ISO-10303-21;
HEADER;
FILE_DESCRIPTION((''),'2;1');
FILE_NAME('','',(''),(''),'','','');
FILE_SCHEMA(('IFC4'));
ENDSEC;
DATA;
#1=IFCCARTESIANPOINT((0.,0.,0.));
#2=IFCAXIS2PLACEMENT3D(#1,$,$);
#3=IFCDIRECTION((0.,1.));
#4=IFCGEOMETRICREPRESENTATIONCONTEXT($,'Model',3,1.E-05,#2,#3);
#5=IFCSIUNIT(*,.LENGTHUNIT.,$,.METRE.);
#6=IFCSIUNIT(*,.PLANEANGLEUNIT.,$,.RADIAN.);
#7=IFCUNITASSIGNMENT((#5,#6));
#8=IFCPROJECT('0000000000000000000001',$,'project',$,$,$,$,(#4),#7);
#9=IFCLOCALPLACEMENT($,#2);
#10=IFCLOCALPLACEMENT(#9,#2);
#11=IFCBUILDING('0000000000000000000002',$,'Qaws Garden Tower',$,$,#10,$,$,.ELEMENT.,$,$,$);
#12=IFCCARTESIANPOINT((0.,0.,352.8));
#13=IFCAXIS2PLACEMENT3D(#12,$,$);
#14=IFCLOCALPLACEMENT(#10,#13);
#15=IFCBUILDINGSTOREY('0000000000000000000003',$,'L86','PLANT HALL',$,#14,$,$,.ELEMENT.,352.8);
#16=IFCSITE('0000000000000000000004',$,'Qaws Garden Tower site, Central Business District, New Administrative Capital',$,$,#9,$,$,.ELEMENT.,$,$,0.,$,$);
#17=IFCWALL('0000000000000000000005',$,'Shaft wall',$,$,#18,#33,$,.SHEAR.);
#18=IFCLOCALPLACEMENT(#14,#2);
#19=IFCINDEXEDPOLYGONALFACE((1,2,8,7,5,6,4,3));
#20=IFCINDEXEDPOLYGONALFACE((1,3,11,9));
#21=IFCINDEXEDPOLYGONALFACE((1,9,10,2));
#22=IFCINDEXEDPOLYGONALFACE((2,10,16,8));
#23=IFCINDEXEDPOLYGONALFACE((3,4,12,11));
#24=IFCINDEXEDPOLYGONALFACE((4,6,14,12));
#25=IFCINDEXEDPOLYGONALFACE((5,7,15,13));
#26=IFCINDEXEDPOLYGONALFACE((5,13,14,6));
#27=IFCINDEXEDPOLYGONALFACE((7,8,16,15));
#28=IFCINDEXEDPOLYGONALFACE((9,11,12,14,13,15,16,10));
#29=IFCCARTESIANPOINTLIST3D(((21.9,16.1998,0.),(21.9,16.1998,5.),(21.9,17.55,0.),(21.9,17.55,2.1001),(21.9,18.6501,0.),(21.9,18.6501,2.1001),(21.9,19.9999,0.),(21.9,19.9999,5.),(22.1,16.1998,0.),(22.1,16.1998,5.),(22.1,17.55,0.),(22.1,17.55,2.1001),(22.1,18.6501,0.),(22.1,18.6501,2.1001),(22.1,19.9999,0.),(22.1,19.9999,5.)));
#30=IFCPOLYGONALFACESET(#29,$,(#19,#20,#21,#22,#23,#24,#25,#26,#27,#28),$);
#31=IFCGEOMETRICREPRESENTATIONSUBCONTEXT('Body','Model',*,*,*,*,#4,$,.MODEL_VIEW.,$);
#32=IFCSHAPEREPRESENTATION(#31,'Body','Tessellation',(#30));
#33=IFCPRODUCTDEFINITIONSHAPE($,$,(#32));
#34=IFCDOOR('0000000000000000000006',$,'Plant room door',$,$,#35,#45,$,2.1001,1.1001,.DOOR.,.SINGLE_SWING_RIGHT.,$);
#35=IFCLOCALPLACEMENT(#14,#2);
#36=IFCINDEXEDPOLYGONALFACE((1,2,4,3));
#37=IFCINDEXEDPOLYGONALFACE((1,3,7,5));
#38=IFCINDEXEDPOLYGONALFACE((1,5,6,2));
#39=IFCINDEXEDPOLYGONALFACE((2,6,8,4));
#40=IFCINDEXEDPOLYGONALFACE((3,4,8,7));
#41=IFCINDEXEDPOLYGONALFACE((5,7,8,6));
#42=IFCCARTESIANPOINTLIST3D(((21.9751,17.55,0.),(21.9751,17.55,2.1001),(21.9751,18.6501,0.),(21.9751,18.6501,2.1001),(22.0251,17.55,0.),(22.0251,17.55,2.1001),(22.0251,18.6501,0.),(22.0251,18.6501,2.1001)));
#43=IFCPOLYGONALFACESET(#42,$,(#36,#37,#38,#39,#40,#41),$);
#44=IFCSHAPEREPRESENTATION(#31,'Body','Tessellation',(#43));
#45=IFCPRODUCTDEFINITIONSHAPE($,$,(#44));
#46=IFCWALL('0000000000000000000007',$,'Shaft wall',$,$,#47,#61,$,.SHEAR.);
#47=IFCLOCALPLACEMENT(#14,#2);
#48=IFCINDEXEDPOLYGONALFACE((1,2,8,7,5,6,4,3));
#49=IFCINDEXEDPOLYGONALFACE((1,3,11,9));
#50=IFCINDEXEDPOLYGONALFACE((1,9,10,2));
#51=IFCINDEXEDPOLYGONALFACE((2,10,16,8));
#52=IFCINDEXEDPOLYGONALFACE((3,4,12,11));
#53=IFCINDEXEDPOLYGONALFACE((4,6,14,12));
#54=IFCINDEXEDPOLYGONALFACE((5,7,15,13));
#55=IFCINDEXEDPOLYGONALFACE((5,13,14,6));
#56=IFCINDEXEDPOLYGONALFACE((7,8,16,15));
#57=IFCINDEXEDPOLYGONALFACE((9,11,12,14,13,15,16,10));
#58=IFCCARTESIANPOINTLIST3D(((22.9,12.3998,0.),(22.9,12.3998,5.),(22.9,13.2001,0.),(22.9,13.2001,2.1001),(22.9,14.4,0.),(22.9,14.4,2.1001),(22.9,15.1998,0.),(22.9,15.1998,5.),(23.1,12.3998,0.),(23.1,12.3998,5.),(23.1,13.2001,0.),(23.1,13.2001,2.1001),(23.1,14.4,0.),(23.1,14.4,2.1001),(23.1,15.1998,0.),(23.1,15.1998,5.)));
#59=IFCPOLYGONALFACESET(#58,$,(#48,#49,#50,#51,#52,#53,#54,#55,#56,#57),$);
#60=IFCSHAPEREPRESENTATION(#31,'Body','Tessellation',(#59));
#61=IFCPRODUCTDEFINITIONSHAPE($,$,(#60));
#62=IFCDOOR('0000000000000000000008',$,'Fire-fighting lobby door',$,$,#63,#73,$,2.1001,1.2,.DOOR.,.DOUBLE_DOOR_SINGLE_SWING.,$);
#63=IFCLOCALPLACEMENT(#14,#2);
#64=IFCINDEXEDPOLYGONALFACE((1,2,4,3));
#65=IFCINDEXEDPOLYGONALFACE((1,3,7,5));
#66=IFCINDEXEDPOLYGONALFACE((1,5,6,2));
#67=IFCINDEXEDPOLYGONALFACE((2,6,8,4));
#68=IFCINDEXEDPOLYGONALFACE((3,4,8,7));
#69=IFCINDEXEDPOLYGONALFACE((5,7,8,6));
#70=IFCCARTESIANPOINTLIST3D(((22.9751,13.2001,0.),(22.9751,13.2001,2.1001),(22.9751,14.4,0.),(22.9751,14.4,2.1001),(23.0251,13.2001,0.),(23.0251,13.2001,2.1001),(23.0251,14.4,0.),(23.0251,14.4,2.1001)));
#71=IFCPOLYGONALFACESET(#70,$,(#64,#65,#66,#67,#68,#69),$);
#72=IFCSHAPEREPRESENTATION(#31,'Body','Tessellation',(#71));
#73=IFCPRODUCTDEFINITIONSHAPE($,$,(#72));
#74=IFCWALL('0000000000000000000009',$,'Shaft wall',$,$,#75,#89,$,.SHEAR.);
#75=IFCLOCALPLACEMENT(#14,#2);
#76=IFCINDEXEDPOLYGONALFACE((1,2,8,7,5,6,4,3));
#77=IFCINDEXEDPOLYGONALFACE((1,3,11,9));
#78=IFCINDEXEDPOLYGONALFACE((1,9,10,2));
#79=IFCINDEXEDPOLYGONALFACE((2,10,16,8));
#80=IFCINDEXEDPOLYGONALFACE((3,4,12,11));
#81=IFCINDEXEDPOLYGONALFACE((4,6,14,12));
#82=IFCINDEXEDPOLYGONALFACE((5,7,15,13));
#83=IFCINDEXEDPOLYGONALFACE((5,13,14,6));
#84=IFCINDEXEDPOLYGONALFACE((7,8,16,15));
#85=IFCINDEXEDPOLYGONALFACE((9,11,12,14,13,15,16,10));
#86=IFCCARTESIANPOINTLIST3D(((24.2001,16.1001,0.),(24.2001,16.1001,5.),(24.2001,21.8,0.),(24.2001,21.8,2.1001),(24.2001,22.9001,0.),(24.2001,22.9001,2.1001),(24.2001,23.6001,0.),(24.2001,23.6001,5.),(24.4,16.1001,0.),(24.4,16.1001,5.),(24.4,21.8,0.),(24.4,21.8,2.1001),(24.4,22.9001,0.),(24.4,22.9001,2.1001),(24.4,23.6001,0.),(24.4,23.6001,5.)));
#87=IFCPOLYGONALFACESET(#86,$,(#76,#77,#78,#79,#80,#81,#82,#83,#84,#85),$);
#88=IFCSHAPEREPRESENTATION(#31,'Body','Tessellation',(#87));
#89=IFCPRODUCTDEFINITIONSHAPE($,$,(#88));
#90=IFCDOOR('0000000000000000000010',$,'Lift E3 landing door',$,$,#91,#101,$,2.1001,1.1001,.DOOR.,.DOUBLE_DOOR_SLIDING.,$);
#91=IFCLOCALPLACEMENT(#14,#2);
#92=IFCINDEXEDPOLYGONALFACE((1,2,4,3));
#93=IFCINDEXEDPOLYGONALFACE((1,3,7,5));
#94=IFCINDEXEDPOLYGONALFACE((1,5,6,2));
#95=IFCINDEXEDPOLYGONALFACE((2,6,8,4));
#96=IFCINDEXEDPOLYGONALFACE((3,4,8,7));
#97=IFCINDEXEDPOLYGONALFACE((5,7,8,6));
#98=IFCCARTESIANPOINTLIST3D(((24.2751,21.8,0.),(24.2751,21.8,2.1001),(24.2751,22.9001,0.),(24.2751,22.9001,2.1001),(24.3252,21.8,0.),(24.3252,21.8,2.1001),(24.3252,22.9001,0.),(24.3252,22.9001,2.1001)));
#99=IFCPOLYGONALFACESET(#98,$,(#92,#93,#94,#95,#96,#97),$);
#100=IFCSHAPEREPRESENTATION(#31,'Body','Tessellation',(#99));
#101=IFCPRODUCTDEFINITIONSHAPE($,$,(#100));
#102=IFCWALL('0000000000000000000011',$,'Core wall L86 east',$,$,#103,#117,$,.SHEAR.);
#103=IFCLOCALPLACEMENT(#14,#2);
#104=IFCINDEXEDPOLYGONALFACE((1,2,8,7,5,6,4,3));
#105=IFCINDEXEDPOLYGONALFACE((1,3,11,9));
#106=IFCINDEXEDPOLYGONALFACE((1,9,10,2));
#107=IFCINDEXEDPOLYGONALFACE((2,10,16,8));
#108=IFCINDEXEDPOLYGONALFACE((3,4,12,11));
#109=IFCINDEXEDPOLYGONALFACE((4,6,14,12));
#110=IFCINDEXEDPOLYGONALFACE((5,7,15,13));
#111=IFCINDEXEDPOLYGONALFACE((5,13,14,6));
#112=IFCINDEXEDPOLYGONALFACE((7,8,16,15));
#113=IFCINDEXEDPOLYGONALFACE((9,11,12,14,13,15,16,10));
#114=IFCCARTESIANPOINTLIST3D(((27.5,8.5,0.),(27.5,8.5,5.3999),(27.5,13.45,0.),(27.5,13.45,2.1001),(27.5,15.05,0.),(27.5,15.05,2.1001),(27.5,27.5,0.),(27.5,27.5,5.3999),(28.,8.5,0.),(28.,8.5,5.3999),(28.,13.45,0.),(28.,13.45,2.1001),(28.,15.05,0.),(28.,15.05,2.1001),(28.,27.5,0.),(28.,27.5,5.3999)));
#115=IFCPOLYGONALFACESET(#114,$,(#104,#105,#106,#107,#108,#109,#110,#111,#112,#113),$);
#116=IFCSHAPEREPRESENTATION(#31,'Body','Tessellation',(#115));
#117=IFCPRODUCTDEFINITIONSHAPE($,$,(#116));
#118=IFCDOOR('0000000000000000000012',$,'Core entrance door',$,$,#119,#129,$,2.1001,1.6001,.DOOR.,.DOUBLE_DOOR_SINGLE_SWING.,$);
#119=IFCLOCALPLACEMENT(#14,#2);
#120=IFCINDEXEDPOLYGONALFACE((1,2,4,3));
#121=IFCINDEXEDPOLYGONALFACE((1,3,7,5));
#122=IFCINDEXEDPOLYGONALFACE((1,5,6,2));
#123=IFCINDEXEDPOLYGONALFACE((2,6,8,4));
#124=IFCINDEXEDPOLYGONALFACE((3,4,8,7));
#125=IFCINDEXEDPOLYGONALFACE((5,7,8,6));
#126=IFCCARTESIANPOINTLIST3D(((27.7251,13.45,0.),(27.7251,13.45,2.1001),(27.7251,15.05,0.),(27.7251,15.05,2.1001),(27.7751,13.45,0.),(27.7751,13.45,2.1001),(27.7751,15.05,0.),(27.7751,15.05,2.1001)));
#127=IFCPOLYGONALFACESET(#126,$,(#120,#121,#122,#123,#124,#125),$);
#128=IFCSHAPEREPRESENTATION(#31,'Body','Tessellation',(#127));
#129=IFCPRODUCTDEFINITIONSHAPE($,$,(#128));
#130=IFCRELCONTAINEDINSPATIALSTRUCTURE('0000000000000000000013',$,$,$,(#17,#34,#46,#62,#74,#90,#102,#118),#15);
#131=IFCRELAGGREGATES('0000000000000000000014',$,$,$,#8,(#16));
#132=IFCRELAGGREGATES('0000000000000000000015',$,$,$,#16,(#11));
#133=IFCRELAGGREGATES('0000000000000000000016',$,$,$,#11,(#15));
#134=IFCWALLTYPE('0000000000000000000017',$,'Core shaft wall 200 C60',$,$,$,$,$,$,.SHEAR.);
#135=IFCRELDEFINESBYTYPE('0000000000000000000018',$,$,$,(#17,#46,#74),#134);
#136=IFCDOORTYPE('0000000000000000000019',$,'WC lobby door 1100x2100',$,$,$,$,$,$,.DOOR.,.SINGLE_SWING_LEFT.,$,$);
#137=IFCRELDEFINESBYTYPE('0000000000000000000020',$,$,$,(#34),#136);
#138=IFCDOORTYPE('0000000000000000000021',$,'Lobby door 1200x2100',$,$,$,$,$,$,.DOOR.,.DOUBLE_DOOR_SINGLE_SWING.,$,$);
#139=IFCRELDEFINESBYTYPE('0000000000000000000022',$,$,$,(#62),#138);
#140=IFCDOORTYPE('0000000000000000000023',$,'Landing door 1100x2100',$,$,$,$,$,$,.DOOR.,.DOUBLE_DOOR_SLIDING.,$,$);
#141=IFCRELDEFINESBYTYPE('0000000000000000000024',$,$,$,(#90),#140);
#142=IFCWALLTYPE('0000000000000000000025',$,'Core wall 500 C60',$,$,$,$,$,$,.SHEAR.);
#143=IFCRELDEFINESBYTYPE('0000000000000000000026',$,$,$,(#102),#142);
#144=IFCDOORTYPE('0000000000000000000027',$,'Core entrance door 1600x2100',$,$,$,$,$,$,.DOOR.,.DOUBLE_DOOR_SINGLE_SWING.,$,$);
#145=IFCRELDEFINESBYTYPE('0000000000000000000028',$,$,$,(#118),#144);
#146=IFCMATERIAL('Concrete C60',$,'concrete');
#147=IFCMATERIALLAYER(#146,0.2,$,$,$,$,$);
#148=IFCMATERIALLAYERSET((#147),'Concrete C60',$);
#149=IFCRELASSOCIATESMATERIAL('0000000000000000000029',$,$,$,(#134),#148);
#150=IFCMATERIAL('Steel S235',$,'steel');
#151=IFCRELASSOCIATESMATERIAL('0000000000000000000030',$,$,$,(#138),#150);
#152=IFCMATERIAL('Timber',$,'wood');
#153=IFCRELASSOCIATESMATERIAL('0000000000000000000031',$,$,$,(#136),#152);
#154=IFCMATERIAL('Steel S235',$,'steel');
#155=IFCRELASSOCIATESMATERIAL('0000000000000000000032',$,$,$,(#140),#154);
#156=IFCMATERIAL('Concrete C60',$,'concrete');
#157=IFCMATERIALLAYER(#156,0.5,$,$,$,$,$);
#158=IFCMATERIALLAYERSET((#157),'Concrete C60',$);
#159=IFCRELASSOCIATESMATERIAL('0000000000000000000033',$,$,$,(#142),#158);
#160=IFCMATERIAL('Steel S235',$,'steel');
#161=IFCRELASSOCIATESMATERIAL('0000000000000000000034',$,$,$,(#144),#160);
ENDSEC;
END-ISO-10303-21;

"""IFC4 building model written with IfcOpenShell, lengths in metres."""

from ifc_helpers import new_model, si_unit, direction, frame, frame_2d, origin, place, context, subcontext, project, spatial, rectangle, extrude, material, layer, layer_set, type_object, element, fill, save


model = new_model("IFC4")

# Units and contexts
model_context = context("Model", 3, precision=1e-05, world=origin(), true_north=direction((0.0, 1.0)))
body_context = subcontext(model_context, "Body", "Model", "MODEL_VIEW")
ifc_project = project(units=[si_unit("LENGTHUNIT", "METRE"), si_unit("PLANEANGLEUNIT", "RADIAN")], contexts=[model_context])

# Site, building, storey
site_placement = place(None, origin())
site = spatial("IfcSite", under=ifc_project, at=site_placement, Name="Qaws Garden Tower site, Central Business District, New Administrative Capital", CompositionType="ELEMENT", RefElevation=0.0)
building_placement = place(site_placement, origin())
building = spatial("IfcBuilding", under=site, at=building_placement, Name="Qaws Garden Tower", CompositionType="ELEMENT")
storey_placement = place(building_placement, frame((0.0, 0.0, 352.8)))
storey = spatial("IfcBuildingStorey", under=building, at=storey_placement, Name="L86", Description="PLANT HALL", CompositionType="ELEMENT", Elevation=352.8)

# Shared definitions
ifc_material_1 = material(Name="Concrete C60", Category="concrete")
ifc_layer_1 = layer(ifc_material_1, 0.2)
ifc_layer_set_1 = layer_set([ifc_layer_1], Name="Concrete C60")
wall_type_1 = type_object("IfcWallType", Name="Core shaft wall 200 C60", PredefinedType="SHEAR", material=ifc_layer_set_1)

# Shared definitions
ifc_material_2 = material(Name="Steel S235", Category="steel")
door_type_1 = type_object("IfcDoorType", Name="Lobby door 1200x2100", OperationType="DOUBLE_DOOR_SINGLE_SWING", PredefinedType="DOOR", material=ifc_material_2)

# Walls, openings, doors
wall_1_placement = place(storey_placement, frame((22.0, 16.2, 0.0), z_axis=(0.0, 0.0, 1.0), x_axis=(0.0, 1.0, 0.0)))
wall_1 = element("IfcWall", 1, at=wall_1_placement, inside=storey, type_object=wall_type_1, Name="Shaft wall", PredefinedType="SHEAR", context=body_context, shape_type="SweptSolid", body=[
    extrude(rectangle(XDim=3.8, YDim=0.2, at=frame_2d((1.8999, 0.0))), origin(), (0.0, 0.0, 1.0), 5.0),
])
opening_1_placement = place(wall_1_placement, frame((1.3501, 0.0, 0.0)))
opening_1 = element("IfcOpeningElement", 2, at=opening_1_placement, cuts=wall_1, PredefinedType="OPENING", context=body_context, shape_type="SweptSolid", body=[
    extrude(rectangle(XDim=1.1001, YDim=2.1001, at=frame_2d((0.55, 1.05))), frame((0.0, 0.1099, 0.0), z_axis=(0.0, -1.0, 0.0), x_axis=(1.0, 0.0, 0.0)), (0.0, 0.0, 1.0), 0.22),
])
ifc_material_3 = material(Name="Timber", Category="wood")
door_type_2 = type_object("IfcDoorType", Name="WC lobby door 1100x2100", OperationType="SINGLE_SWING_LEFT", PredefinedType="DOOR", material=ifc_material_3)
door_1_placement = place(opening_1_placement, origin())
door_1 = element("IfcDoor", 3, at=door_1_placement, inside=storey, type_object=door_type_2, Name="Plant room door", OperationType="SINGLE_SWING_RIGHT", OverallHeight=2.1001, OverallWidth=1.1001, PredefinedType="DOOR", context=body_context, shape_type="SweptSolid", body=[
    extrude(rectangle(XDim=1.1001, YDim=2.1001, at=frame_2d((0.55, 1.05))), frame((0.0, 0.0249, 0.0), z_axis=(0.0, -1.0, 0.0), x_axis=(1.0, 0.0, 0.0)), (0.0, 0.0, 1.0), 0.05),
])
fill(opening_1, door_1)
wall_2_placement = place(storey_placement, frame((23.0, 12.3999, 0.0), z_axis=(0.0, 0.0, 1.0), x_axis=(0.0, 1.0, 0.0)))
wall_2 = element("IfcWall", 4, at=wall_2_placement, inside=storey, type_object=wall_type_1, Name="Shaft wall", PredefinedType="SHEAR", context=body_context, shape_type="SweptSolid", body=[
    extrude(rectangle(XDim=2.8, YDim=0.2, at=frame_2d((1.3999, 0.0))), origin(), (0.0, 0.0, 1.0), 5.0),
])
opening_2_placement = place(wall_2_placement, frame((0.8, 0.0, 0.0)))
opening_2 = element("IfcOpeningElement", 5, at=opening_2_placement, cuts=wall_2, PredefinedType="OPENING", context=body_context, shape_type="SweptSolid", body=[
    extrude(rectangle(XDim=1.2, YDim=2.1001, at=frame_2d((0.6001, 1.05))), frame((0.0, 0.1099, 0.0), z_axis=(0.0, -1.0, 0.0), x_axis=(1.0, 0.0, 0.0)), (0.0, 0.0, 1.0), 0.22),
])
door_2_placement = place(opening_2_placement, origin())
door_2 = element("IfcDoor", 6, at=door_2_placement, inside=storey, type_object=door_type_1, Name="Fire-fighting lobby door", OperationType="DOUBLE_DOOR_SINGLE_SWING", OverallHeight=2.1001, OverallWidth=1.2, PredefinedType="DOOR", context=body_context, shape_type="SweptSolid", body=[
    extrude(rectangle(XDim=1.2, YDim=2.1001, at=frame_2d((0.6001, 1.05))), frame((0.0, 0.0249, 0.0), z_axis=(0.0, -1.0, 0.0), x_axis=(1.0, 0.0, 0.0)), (0.0, 0.0, 1.0), 0.05),
])
fill(opening_2, door_2)
wall_3_placement = place(storey_placement, frame((24.3, 16.1001, 0.0), z_axis=(0.0, 0.0, 1.0), x_axis=(0.0, 1.0, 0.0)))
wall_3 = element("IfcWall", 7, at=wall_3_placement, inside=storey, type_object=wall_type_1, Name="Shaft wall", PredefinedType="SHEAR", context=body_context, shape_type="SweptSolid", body=[
    extrude(rectangle(XDim=7.5, YDim=0.2, at=frame_2d((3.75, 0.0))), origin(), (0.0, 0.0, 1.0), 5.0),
])
opening_3_placement = place(wall_3_placement, frame((5.7, 0.0, 0.0)))
opening_3 = element("IfcOpeningElement", 8, at=opening_3_placement, cuts=wall_3, PredefinedType="OPENING", context=body_context, shape_type="SweptSolid", body=[
    extrude(rectangle(XDim=1.1001, YDim=2.1001, at=frame_2d((0.55, 1.05))), frame((0.0, 0.1099, 0.0), z_axis=(0.0, -1.0, 0.0), x_axis=(1.0, 0.0, 0.0)), (0.0, 0.0, 1.0), 0.22),
])
ifc_material_4 = material(Name="Steel S235", Category="steel")
door_type_3 = type_object("IfcDoorType", Name="Landing door 1100x2100", OperationType="DOUBLE_DOOR_SLIDING", PredefinedType="DOOR", material=ifc_material_4)
door_3_placement = place(opening_3_placement, origin())
door_3 = element("IfcDoor", 9, at=door_3_placement, inside=storey, type_object=door_type_3, Name="Lift E3 landing door", OperationType="DOUBLE_DOOR_SLIDING", OverallHeight=2.1001, OverallWidth=1.1001, PredefinedType="DOOR", context=body_context, shape_type="SweptSolid", body=[
    extrude(rectangle(XDim=1.1001, YDim=2.1001, at=frame_2d((0.55, 1.05))), frame((0.0, 0.0249, 0.0), z_axis=(0.0, -1.0, 0.0), x_axis=(1.0, 0.0, 0.0)), (0.0, 0.0, 1.0), 0.05),
])
fill(opening_3, door_3)
ifc_material_5 = material(Name="Concrete C60", Category="concrete")
ifc_layer_2 = layer(ifc_material_5, 0.5)
ifc_layer_set_2 = layer_set([ifc_layer_2], Name="Concrete C60")
wall_type_2 = type_object("IfcWallType", Name="Core wall 500 C60", PredefinedType="SHEAR", material=ifc_layer_set_2)
wall_4_placement = place(storey_placement, frame((27.75, 8.5, 0.0), z_axis=(0.0, 0.0, 1.0), x_axis=(0.0, 1.0, 0.0)))
wall_4 = element("IfcWall", 10, at=wall_4_placement, inside=storey, type_object=wall_type_2, Name="Core wall L86 east", PredefinedType="SHEAR", context=body_context, shape_type="SweptSolid", body=[
    extrude(rectangle(XDim=19.0, YDim=0.5, at=frame_2d((9.5, 0.0))), origin(), (0.0, 0.0, 1.0), 5.3999),
])
opening_4_placement = place(wall_4_placement, frame((4.95, 0.0, 0.0)))
opening_4 = element("IfcOpeningElement", 11, at=opening_4_placement, cuts=wall_4, PredefinedType="OPENING", context=body_context, shape_type="SweptSolid", body=[
    extrude(rectangle(XDim=1.6001, YDim=2.1001, at=frame_2d((0.8, 1.05))), frame((0.0, 0.26, 0.0), z_axis=(0.0, -1.0, 0.0), x_axis=(1.0, 0.0, 0.0)), (0.0, 0.0, 1.0), 0.52),
])
ifc_material_6 = material(Name="Steel S235", Category="steel")
door_type_4 = type_object("IfcDoorType", Name="Core entrance door 1600x2100", OperationType="DOUBLE_DOOR_SINGLE_SWING", PredefinedType="DOOR", material=ifc_material_6)
door_4_placement = place(opening_4_placement, origin())
door_4 = element("IfcDoor", 12, at=door_4_placement, inside=storey, type_object=door_type_4, Name="Core entrance door", OperationType="DOUBLE_DOOR_SINGLE_SWING", OverallHeight=2.1001, OverallWidth=1.6001, PredefinedType="DOOR", context=body_context, shape_type="SweptSolid", body=[
    extrude(rectangle(XDim=1.6001, YDim=2.1001, at=frame_2d((0.8, 1.05))), frame((0.0, 0.0249, 0.0), z_axis=(0.0, -1.0, 0.0), x_axis=(1.0, 0.0, 0.0)), (0.0, 0.0, 1.0), 0.05),
])
fill(opening_4, door_4)

save(model, "model.ifc")
